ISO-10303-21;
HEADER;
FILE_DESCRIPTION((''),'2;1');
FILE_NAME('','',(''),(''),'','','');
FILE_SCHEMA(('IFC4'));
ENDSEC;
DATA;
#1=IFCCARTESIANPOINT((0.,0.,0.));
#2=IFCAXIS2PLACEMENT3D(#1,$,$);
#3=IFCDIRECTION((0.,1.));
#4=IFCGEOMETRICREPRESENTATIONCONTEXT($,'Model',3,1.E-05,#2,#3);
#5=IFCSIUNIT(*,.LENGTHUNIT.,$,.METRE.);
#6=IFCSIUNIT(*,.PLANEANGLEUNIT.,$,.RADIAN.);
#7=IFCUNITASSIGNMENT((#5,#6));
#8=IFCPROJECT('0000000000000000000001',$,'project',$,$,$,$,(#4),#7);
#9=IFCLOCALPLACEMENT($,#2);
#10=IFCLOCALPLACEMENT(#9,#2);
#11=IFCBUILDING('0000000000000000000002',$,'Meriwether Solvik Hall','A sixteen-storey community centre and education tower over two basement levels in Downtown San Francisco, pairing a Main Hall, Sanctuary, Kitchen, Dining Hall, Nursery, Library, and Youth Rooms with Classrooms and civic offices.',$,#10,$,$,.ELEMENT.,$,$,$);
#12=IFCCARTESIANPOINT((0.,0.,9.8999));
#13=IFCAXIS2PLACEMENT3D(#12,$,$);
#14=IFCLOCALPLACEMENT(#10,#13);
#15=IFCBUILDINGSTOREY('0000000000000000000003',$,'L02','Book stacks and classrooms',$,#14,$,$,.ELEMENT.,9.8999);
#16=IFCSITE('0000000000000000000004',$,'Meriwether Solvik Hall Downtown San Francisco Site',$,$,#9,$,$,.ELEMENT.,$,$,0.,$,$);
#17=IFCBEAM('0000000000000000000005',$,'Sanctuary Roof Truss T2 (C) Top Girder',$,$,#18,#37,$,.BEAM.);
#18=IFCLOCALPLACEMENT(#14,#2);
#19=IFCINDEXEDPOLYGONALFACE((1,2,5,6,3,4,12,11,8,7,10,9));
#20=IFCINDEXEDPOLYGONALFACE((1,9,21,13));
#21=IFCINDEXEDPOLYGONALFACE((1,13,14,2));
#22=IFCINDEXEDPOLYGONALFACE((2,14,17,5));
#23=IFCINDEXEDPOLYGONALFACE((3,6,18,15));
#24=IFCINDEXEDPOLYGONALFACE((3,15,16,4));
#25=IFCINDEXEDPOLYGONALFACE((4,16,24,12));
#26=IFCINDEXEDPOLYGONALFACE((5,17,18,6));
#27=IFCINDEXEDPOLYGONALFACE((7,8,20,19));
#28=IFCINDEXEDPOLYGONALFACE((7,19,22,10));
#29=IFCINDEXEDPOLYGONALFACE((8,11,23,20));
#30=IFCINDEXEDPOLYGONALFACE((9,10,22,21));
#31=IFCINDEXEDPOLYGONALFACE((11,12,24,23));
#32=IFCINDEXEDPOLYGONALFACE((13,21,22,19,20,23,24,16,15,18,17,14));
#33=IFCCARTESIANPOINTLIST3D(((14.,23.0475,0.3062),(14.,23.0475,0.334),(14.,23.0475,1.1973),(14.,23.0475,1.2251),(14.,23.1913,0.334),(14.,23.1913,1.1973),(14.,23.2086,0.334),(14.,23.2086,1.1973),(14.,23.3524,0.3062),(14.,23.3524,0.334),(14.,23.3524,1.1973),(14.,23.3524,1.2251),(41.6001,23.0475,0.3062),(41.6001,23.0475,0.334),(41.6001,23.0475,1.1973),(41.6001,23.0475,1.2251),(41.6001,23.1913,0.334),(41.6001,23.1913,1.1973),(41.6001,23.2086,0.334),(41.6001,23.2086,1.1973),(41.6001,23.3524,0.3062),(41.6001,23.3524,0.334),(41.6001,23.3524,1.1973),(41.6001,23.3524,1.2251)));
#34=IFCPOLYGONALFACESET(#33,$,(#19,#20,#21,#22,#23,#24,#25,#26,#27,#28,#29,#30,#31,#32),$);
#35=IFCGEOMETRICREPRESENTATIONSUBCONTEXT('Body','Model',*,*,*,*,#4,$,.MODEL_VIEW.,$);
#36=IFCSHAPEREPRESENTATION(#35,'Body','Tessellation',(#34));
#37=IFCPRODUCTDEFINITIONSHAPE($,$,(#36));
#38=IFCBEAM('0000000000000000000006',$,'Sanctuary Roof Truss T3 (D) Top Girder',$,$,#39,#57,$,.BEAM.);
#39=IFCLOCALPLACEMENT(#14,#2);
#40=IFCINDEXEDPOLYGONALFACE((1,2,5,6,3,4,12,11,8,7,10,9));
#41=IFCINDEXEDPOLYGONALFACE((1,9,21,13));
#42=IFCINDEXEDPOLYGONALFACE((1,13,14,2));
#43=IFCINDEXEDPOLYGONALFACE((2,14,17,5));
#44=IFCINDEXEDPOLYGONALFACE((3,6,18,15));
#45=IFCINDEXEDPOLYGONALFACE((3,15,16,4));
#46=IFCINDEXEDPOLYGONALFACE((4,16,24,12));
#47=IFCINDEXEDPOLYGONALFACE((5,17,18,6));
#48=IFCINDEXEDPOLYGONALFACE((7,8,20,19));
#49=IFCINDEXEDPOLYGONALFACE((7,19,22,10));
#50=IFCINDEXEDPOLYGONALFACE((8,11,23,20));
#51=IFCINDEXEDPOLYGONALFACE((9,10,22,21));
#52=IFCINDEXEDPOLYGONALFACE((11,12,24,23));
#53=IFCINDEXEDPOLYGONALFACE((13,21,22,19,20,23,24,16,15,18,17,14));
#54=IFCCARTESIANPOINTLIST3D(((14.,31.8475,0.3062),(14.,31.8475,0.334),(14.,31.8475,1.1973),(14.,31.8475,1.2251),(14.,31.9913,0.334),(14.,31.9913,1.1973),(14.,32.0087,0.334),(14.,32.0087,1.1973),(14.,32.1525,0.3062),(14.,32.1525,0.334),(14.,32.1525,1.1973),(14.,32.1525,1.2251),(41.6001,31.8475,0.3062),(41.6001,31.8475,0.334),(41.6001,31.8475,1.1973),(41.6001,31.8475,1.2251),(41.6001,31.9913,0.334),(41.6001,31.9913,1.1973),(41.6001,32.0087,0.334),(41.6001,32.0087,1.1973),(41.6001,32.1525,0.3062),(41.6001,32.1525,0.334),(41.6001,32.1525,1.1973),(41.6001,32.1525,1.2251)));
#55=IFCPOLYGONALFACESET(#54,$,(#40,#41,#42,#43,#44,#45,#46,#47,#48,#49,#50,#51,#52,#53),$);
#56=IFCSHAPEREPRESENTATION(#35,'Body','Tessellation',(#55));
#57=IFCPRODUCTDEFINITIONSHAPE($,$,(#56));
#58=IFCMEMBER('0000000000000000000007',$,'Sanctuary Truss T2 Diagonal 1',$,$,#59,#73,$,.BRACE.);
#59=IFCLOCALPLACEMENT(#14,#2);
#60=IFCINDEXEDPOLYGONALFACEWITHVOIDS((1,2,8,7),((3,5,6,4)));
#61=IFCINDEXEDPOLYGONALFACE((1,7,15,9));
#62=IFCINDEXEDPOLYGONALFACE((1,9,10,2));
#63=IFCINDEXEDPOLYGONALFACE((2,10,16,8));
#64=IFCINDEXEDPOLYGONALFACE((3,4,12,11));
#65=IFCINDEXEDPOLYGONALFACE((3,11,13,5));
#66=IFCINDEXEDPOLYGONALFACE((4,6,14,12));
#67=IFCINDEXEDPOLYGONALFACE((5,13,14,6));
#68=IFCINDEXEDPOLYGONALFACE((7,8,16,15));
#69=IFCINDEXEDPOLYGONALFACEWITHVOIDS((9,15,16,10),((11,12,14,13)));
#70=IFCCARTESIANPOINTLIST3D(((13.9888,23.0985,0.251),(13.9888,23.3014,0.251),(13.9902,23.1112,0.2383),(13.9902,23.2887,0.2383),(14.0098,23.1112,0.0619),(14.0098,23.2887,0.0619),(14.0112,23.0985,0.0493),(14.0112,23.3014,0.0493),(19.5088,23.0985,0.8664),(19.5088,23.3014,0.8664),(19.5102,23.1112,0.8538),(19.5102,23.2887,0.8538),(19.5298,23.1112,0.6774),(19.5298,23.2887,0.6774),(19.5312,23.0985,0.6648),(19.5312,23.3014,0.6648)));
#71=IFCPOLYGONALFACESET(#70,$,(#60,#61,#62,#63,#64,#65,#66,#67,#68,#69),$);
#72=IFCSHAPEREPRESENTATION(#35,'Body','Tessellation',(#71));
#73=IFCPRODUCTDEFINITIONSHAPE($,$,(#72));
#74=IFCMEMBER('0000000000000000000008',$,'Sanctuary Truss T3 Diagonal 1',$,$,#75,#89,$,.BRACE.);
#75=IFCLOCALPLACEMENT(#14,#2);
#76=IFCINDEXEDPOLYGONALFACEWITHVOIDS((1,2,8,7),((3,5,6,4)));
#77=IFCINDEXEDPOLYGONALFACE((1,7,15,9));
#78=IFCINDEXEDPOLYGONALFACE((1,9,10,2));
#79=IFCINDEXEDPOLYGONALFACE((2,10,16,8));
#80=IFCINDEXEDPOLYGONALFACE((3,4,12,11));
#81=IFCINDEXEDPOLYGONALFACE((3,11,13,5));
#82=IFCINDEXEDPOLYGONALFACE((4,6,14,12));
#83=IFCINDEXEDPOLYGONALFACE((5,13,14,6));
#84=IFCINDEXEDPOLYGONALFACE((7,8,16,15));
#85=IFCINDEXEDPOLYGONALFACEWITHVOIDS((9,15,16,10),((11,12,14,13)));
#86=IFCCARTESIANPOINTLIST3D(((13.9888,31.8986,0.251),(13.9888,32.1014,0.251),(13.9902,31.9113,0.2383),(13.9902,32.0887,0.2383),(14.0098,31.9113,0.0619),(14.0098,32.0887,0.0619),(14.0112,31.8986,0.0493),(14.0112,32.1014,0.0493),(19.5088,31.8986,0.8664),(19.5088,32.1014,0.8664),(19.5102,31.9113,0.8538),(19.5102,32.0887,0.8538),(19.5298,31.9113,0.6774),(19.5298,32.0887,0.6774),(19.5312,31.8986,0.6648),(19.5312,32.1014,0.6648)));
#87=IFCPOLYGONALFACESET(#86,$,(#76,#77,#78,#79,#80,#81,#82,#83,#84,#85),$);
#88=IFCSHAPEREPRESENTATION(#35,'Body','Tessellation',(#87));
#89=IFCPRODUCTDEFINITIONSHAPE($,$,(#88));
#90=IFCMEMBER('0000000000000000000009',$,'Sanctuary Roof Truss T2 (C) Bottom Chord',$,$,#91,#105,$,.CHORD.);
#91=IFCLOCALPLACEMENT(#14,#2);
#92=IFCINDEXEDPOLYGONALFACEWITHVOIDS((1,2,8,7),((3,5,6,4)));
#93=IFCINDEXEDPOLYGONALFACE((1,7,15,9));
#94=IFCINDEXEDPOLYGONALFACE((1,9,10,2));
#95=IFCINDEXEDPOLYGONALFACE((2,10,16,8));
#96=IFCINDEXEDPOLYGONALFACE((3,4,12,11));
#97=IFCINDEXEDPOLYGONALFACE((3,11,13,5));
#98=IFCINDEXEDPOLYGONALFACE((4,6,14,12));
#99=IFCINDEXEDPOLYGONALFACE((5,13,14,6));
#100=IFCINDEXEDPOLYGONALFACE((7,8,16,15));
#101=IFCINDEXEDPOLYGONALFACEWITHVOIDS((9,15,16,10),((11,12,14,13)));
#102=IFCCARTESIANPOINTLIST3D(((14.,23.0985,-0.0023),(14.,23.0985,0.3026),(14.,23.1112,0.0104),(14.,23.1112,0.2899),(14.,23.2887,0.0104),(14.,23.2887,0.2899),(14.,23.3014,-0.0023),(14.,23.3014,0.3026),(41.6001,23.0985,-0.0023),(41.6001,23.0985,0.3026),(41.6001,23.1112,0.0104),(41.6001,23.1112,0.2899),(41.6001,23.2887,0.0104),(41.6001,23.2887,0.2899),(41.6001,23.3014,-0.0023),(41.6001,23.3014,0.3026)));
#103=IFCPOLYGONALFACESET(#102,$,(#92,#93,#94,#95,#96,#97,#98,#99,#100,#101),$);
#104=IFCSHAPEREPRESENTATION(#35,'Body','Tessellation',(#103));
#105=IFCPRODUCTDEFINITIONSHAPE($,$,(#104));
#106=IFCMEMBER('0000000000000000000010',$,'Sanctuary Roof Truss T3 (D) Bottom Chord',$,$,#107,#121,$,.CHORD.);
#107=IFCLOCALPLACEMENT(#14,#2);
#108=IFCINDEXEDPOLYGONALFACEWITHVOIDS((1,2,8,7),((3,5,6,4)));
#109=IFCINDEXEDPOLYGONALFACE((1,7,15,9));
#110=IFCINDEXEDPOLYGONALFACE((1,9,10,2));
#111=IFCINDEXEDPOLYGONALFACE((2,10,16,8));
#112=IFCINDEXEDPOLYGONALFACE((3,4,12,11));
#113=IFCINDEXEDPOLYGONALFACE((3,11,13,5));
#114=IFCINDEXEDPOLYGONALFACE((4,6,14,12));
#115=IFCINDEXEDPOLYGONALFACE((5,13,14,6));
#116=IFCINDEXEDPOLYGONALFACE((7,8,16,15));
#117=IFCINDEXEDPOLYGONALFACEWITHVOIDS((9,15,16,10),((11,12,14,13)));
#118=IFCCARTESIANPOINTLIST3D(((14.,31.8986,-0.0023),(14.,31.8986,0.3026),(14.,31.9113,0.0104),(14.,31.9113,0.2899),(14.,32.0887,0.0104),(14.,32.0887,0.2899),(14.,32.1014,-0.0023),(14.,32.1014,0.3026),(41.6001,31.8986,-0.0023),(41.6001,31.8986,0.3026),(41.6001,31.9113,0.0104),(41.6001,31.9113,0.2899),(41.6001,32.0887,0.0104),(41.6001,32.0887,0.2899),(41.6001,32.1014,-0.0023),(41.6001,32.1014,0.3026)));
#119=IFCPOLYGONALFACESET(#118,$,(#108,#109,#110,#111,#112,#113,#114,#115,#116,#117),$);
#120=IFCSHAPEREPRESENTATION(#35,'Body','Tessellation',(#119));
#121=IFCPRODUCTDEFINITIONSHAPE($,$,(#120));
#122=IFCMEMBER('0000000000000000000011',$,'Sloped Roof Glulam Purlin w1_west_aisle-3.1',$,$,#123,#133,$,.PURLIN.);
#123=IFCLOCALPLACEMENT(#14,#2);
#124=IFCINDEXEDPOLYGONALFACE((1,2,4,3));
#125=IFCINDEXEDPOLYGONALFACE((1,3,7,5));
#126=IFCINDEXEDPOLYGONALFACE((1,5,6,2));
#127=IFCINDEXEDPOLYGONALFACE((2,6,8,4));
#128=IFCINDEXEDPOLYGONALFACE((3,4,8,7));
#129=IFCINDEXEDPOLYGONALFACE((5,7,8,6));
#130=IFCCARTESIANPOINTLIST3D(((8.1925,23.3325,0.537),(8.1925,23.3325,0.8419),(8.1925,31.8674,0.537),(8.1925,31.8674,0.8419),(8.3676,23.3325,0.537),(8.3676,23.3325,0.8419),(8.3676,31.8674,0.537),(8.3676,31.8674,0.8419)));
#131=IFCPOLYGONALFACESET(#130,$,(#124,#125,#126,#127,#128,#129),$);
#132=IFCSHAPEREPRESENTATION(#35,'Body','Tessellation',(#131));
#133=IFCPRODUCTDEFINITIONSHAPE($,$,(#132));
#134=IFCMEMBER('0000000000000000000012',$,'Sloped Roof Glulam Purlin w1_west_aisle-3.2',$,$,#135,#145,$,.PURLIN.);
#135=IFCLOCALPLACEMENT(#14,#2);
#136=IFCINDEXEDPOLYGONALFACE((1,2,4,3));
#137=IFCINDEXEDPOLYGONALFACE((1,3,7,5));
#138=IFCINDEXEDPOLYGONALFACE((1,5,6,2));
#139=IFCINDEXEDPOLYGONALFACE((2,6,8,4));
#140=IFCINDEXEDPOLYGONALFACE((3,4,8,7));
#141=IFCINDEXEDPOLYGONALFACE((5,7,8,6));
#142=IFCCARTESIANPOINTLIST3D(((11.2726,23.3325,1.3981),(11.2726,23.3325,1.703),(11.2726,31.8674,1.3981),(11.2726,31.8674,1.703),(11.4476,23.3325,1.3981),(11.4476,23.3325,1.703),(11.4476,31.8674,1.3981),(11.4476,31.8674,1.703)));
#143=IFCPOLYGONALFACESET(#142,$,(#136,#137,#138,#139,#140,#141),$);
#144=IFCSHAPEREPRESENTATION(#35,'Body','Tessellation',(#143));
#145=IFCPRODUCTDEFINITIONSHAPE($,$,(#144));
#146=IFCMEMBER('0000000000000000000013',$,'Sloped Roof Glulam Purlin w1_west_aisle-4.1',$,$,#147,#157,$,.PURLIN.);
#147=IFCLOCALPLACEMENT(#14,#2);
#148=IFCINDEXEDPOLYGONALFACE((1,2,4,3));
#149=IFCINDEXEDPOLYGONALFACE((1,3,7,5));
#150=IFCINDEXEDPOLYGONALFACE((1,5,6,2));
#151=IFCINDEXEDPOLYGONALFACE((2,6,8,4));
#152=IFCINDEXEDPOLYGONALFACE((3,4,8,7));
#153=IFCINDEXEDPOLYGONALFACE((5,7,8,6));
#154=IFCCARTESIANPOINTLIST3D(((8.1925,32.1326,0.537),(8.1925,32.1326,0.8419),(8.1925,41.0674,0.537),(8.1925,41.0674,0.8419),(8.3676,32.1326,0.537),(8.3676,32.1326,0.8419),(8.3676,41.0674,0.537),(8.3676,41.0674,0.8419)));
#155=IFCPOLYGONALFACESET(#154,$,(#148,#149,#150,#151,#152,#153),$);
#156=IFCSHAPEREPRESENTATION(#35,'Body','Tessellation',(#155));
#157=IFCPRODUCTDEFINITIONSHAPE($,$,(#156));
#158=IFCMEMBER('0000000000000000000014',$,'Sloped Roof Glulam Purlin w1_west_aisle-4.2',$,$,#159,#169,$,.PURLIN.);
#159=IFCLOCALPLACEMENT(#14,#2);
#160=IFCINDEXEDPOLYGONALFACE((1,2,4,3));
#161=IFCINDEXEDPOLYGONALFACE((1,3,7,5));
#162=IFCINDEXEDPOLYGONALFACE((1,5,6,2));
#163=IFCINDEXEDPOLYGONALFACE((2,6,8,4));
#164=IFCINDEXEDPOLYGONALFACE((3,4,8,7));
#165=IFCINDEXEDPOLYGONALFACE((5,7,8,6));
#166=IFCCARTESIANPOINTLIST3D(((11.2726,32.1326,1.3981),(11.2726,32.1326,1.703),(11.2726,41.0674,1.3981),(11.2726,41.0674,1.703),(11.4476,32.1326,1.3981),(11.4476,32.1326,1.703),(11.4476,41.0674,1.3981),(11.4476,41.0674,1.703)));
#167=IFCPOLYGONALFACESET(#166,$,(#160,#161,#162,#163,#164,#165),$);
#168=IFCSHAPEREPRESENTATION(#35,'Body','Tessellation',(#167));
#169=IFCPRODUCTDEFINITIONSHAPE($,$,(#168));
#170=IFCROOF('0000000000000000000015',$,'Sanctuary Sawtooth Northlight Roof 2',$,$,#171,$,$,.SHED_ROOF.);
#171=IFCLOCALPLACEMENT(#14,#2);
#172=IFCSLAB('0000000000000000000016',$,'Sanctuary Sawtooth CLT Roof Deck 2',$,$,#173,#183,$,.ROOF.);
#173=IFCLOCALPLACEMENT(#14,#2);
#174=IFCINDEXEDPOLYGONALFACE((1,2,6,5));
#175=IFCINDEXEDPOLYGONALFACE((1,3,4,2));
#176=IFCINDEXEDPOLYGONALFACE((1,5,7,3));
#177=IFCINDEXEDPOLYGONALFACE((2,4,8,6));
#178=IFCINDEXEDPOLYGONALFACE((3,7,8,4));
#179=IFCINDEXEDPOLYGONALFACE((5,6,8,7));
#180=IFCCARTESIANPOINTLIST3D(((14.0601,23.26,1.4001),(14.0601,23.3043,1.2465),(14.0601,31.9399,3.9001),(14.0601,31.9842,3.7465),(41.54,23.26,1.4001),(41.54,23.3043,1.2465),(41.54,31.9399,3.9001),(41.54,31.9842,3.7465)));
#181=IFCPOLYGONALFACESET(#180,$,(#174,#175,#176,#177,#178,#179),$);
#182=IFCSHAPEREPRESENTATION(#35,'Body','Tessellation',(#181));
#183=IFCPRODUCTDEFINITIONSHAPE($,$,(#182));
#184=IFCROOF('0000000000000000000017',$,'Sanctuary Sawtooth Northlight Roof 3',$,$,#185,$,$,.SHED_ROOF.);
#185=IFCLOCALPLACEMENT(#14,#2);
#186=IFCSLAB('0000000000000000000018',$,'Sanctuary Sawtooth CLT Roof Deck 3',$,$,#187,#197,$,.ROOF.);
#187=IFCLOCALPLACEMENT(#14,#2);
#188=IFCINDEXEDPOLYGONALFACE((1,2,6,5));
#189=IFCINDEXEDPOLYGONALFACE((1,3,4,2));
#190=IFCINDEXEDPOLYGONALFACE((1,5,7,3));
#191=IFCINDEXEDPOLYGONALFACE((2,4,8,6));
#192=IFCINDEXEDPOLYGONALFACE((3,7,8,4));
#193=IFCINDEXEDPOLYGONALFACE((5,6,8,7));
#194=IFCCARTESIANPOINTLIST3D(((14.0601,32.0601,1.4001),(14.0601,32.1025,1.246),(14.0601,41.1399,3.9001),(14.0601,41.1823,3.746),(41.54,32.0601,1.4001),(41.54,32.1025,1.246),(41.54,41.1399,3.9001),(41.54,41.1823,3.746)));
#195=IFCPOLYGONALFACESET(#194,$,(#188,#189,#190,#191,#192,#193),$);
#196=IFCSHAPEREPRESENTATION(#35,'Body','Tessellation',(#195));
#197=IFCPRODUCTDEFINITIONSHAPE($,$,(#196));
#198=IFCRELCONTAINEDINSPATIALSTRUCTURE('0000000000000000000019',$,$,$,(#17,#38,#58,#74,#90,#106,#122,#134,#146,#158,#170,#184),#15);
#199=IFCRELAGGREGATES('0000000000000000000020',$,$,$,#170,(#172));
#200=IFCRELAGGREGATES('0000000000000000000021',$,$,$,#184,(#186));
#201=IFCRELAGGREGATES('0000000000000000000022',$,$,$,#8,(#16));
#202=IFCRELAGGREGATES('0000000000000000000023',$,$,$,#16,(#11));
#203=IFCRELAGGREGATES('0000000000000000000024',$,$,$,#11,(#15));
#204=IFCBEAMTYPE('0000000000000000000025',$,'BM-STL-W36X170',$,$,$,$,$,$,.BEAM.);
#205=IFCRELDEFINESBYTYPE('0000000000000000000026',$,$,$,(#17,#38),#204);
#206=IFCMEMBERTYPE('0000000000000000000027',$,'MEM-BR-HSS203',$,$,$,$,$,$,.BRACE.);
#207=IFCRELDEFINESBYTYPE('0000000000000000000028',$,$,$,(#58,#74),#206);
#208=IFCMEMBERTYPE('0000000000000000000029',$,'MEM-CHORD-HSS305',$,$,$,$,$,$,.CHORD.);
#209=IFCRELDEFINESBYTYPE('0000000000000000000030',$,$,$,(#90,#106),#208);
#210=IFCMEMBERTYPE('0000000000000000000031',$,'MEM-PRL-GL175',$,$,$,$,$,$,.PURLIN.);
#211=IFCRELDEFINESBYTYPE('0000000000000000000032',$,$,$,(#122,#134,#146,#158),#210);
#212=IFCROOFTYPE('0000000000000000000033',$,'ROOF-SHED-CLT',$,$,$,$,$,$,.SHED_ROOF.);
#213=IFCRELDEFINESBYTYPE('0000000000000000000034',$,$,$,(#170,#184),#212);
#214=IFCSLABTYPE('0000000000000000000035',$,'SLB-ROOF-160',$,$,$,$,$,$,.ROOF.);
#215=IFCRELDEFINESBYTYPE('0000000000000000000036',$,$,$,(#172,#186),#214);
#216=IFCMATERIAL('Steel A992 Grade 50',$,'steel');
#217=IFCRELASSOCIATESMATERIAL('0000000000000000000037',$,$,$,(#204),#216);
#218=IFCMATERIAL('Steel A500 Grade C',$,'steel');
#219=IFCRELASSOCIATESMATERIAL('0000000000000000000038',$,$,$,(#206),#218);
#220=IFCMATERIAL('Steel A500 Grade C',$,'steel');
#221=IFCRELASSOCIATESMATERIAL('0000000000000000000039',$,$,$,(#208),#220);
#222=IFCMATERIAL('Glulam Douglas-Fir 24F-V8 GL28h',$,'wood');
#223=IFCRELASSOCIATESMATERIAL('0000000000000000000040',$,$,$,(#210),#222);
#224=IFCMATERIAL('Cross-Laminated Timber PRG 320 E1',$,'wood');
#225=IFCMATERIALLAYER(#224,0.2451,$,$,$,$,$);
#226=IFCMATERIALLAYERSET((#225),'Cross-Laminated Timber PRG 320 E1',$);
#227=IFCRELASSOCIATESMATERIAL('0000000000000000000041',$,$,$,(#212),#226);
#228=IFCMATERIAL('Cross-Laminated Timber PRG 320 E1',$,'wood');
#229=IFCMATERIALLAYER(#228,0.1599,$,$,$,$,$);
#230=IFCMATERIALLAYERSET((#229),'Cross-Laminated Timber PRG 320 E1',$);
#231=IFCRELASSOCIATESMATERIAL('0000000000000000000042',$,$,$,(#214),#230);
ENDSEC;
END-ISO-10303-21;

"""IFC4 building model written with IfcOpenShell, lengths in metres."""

from ifc_helpers import new_model, si_unit, direction, frame, origin, origin_2d, place, context, subcontext, project, spatial, polyline, rectangle, hollow_rectangle, i_section, outline, extrude, material, layer, layer_set, material_profile, profile_set, type_object, element, aggregate, save


model = new_model("IFC4")

# Units and contexts
model_context = context("Model", 3, precision=1e-05, world=origin(), true_north=direction((0.0, 1.0)))
body_context = subcontext(model_context, "Body", "Model", "MODEL_VIEW")
ifc_project = project(units=[si_unit("LENGTHUNIT", "METRE"), si_unit("PLANEANGLEUNIT", "RADIAN")], contexts=[model_context])

# Site, building, storey
site_placement = place(None, origin())
site = spatial("IfcSite", under=ifc_project, at=site_placement, Name="Meriwether Solvik Hall Downtown San Francisco Site", CompositionType="ELEMENT", RefElevation=0.0)
building_placement = place(site_placement, origin())
building = spatial("IfcBuilding", under=site, at=building_placement, Name="Meriwether Solvik Hall", Description="A sixteen-storey community centre and education tower over two basement levels in Downtown San Francisco, pairing a Main Hall, Sanctuary, Kitchen, Dining Hall, Nursery, Library, and Youth Rooms with Classrooms and civic offices.", CompositionType="ELEMENT")
storey_placement = place(building_placement, frame((0.0, 0.0, 9.8999)))
storey = spatial("IfcBuildingStorey", under=building, at=storey_placement, Name="L02", Description="Book stacks and classrooms", CompositionType="ELEMENT", Elevation=9.8999)

# Beams
ifc_material_1 = material(Name="Steel A992 Grade 50", Category="steel")
ifc_material_profile_1 = material_profile(ifc_material_1, i_section(OverallWidth=0.3049, OverallDepth=0.9189, WebThickness=0.0173, FlangeThickness=0.0278, at=origin_2d()), Name="W36X170")
ifc_profile_set_1 = profile_set([ifc_material_profile_1], Name="Steel A992 Grade 50")
beam_type_1 = type_object("IfcBeamType", Name="BM-STL-W36X170", PredefinedType="BEAM", material=ifc_profile_set_1)
for number, where, z_axis, x_axis, name in (
    (1, (14.0, 23.2, 0.7656), (1.0, 0.0, 0.0), (0.0, 1.0, 0.0), "Sanctuary Roof Truss T2 (C) Top Girder"),
    (2, (14.0, 32.0, 0.7656), (1.0, 0.0, 0.0), (0.0, 1.0, 0.0), "Sanctuary Roof Truss T3 (D) Top Girder"),
):
    element("IfcBeam", number, at=place(storey_placement, frame(where, z_axis=z_axis, x_axis=x_axis)), inside=storey, type_object=beam_type_1, Name=name, PredefinedType="BEAM", context=body_context, shape_type="SweptSolid", body=[
        extrude(i_section(OverallWidth=0.3049, OverallDepth=0.9189, WebThickness=0.0173, FlangeThickness=0.0278, at=origin_2d()), origin(), (0.0, 0.0, 1.0), 27.6001),
    ])

# Members
ifc_material_2 = material(Name="Steel A500 Grade C", Category="steel")
ifc_material_profile_2 = material_profile(ifc_material_2, hollow_rectangle(XDim=0.2029, YDim=0.2029, WallThickness=0.0127, at=origin_2d()), Name="HSS203X203X12.7")
ifc_profile_set_2 = profile_set([ifc_material_profile_2], Name="Steel A500 Grade C")
member_type_1 = type_object("IfcMemberType", Name="MEM-BR-HSS203", PredefinedType="BRACE", material=ifc_profile_set_2)
for number, where, z_axis, x_axis, name in (
    (3, (14.0, 23.2, 0.1501), (0.993841, 0.0, 0.110813), (0.0, 1.0, 0.0), "Sanctuary Truss T2 Diagonal 1"),
    (4, (14.0, 32.0, 0.1501), (0.993841, 0.0, 0.110813), (0.0, 1.0, 0.0), "Sanctuary Truss T3 Diagonal 1"),
):
    element("IfcMember", number, at=place(storey_placement, frame(where, z_axis=z_axis, x_axis=x_axis)), inside=storey, type_object=member_type_1, Name=name, PredefinedType="BRACE", context=body_context, shape_type="SweptSolid", body=[
        extrude(hollow_rectangle(XDim=0.2029, YDim=0.2029, WallThickness=0.0127, at=origin_2d()), origin(), (0.0, 0.0, 1.0), 5.5542),
    ])
ifc_material_3 = material(Name="Steel A500 Grade C", Category="steel")
ifc_material_profile_3 = material_profile(ifc_material_3, hollow_rectangle(XDim=0.2029, YDim=0.3049, WallThickness=0.0127, at=origin_2d()), Name="HSS305X203X12.7")
ifc_profile_set_3 = profile_set([ifc_material_profile_3], Name="Steel A500 Grade C")
member_type_2 = type_object("IfcMemberType", Name="MEM-CHORD-HSS305", PredefinedType="CHORD", material=ifc_profile_set_3)
for number, where, z_axis, x_axis, name in (
    (5, (14.0, 23.2, 0.1501), (1.0, 0.0, 0.0), (0.0, 1.0, 0.0), "Sanctuary Roof Truss T2 (C) Bottom Chord"),
    (6, (14.0, 32.0, 0.1501), (1.0, 0.0, 0.0), (0.0, 1.0, 0.0), "Sanctuary Roof Truss T3 (D) Bottom Chord"),
):
    element("IfcMember", number, at=place(storey_placement, frame(where, z_axis=z_axis, x_axis=x_axis)), inside=storey, type_object=member_type_2, Name=name, PredefinedType="CHORD", context=body_context, shape_type="SweptSolid", body=[
        extrude(hollow_rectangle(XDim=0.2029, YDim=0.3049, WallThickness=0.0127, at=origin_2d()), origin(), (0.0, 0.0, 1.0), 27.6001),
    ])
ifc_material_4 = material(Name="Glulam Douglas-Fir 24F-V8 GL28h", Category="wood")
ifc_material_profile_4 = material_profile(ifc_material_4, rectangle(XDim=0.175, YDim=0.3049, at=origin_2d()), Name="GLM-175X305")
ifc_profile_set_4 = profile_set([ifc_material_profile_4], Name="Glulam Douglas-Fir 24F-V8 GL28h")
member_type_3 = type_object("IfcMemberType", Name="MEM-PRL-GL175", PredefinedType="PURLIN", material=ifc_profile_set_4)
for number, where, z_axis, x_axis, name in (
    (7, (8.28, 23.3325, 0.6895), (0.0, 1.0, 0.0), (-1.0, 0.0, 0.0), "Sloped Roof Glulam Purlin w1_west_aisle-3.1"),
    (8, (11.3601, 23.3325, 1.5505), (0.0, 1.0, 0.0), (-1.0, 0.0, 0.0), "Sloped Roof Glulam Purlin w1_west_aisle-3.2"),
):
    element("IfcMember", number, at=place(storey_placement, frame(where, z_axis=z_axis, x_axis=x_axis)), inside=storey, type_object=member_type_3, Name=name, PredefinedType="PURLIN", context=body_context, shape_type="SweptSolid", body=[
        extrude(rectangle(XDim=0.175, YDim=0.3049, at=origin_2d()), origin(), (0.0, 0.0, 1.0), 8.5349),
    ])
for number, where, z_axis, x_axis, name in (
    (9, (8.28, 32.1326, 0.6895), (0.0, 1.0, 0.0), (-1.0, 0.0, 0.0), "Sloped Roof Glulam Purlin w1_west_aisle-4.1"),
    (10, (11.3601, 32.1326, 1.5505), (0.0, 1.0, 0.0), (-1.0, 0.0, 0.0), "Sloped Roof Glulam Purlin w1_west_aisle-4.2"),
):
    element("IfcMember", number, at=place(storey_placement, frame(where, z_axis=z_axis, x_axis=x_axis)), inside=storey, type_object=member_type_3, Name=name, PredefinedType="PURLIN", context=body_context, shape_type="SweptSolid", body=[
        extrude(rectangle(XDim=0.175, YDim=0.3049, at=origin_2d()), origin(), (0.0, 0.0, 1.0), 8.9348),
    ])

# Roofs, slabs
ifc_material_5 = material(Name="Cross-Laminated Timber PRG 320 E1", Category="wood")
ifc_layer_1 = layer(ifc_material_5, 0.2451)
ifc_layer_set_1 = layer_set([ifc_layer_1], Name="Cross-Laminated Timber PRG 320 E1")
roof_type = type_object("IfcRoofType", Name="ROOF-SHED-CLT", PredefinedType="SHED_ROOF", material=ifc_layer_set_1)
roof_1_placement = place(storey_placement, origin())
roof_1 = element("IfcRoof", 11, at=roof_1_placement, inside=storey, type_object=roof_type, Name="Sanctuary Sawtooth Northlight Roof 2", PredefinedType="SHED_ROOF")
ifc_material_6 = material(Name="Cross-Laminated Timber PRG 320 E1", Category="wood")
ifc_layer_2 = layer(ifc_material_6, 0.1599)
ifc_layer_set_2 = layer_set([ifc_layer_2], Name="Cross-Laminated Timber PRG 320 E1")
slab_type = type_object("IfcSlabType", Name="SLB-ROOF-160", PredefinedType="ROOF", material=ifc_layer_set_2)
slab_1_placement = place(storey_placement, frame((14.0601, 23.26, 1.4001), z_axis=(0.0, -0.27677, 0.960936), x_axis=(1.0, 0.0, 0.0)))
slab_1 = element("IfcSlab", 12, at=slab_1_placement, type_object=slab_type, Name="Sanctuary Sawtooth CLT Roof Deck 2", PredefinedType="ROOF", context=body_context, shape_type="SweptSolid", body=[
    extrude(outline(polyline([(0.0, 0.0), (27.48, 0.0), (27.48, 9.0328), (0.0, 9.0328), (0.0, 0.0)])), origin(), (0.0, 0.0, -1.0), 0.1599),
])
aggregate(roof_1, [slab_1])
roof_2_placement = place(storey_placement, origin())
roof_2 = element("IfcRoof", 13, at=roof_2_placement, inside=storey, type_object=roof_type, Name="Sanctuary Sawtooth Northlight Roof 3", PredefinedType="SHED_ROOF")
slab_2_placement = place(storey_placement, frame((14.0601, 32.0601, 1.4001), z_axis=(0.0, -0.265457, 0.964123), x_axis=(1.0, 0.0, 0.0)))
slab_2 = element("IfcSlab", 14, at=slab_2_placement, type_object=slab_type, Name="Sanctuary Sawtooth CLT Roof Deck 3", PredefinedType="ROOF", context=body_context, shape_type="SweptSolid", body=[
    extrude(outline(polyline([(0.0, 0.0), (27.48, 0.0), (27.48, 9.4177), (0.0, 9.4177), (0.0, 0.0)])), origin(), (0.0, 0.0, -1.0), 0.1599),
])
aggregate(roof_2, [slab_2])

save(model, "model.ifc")
